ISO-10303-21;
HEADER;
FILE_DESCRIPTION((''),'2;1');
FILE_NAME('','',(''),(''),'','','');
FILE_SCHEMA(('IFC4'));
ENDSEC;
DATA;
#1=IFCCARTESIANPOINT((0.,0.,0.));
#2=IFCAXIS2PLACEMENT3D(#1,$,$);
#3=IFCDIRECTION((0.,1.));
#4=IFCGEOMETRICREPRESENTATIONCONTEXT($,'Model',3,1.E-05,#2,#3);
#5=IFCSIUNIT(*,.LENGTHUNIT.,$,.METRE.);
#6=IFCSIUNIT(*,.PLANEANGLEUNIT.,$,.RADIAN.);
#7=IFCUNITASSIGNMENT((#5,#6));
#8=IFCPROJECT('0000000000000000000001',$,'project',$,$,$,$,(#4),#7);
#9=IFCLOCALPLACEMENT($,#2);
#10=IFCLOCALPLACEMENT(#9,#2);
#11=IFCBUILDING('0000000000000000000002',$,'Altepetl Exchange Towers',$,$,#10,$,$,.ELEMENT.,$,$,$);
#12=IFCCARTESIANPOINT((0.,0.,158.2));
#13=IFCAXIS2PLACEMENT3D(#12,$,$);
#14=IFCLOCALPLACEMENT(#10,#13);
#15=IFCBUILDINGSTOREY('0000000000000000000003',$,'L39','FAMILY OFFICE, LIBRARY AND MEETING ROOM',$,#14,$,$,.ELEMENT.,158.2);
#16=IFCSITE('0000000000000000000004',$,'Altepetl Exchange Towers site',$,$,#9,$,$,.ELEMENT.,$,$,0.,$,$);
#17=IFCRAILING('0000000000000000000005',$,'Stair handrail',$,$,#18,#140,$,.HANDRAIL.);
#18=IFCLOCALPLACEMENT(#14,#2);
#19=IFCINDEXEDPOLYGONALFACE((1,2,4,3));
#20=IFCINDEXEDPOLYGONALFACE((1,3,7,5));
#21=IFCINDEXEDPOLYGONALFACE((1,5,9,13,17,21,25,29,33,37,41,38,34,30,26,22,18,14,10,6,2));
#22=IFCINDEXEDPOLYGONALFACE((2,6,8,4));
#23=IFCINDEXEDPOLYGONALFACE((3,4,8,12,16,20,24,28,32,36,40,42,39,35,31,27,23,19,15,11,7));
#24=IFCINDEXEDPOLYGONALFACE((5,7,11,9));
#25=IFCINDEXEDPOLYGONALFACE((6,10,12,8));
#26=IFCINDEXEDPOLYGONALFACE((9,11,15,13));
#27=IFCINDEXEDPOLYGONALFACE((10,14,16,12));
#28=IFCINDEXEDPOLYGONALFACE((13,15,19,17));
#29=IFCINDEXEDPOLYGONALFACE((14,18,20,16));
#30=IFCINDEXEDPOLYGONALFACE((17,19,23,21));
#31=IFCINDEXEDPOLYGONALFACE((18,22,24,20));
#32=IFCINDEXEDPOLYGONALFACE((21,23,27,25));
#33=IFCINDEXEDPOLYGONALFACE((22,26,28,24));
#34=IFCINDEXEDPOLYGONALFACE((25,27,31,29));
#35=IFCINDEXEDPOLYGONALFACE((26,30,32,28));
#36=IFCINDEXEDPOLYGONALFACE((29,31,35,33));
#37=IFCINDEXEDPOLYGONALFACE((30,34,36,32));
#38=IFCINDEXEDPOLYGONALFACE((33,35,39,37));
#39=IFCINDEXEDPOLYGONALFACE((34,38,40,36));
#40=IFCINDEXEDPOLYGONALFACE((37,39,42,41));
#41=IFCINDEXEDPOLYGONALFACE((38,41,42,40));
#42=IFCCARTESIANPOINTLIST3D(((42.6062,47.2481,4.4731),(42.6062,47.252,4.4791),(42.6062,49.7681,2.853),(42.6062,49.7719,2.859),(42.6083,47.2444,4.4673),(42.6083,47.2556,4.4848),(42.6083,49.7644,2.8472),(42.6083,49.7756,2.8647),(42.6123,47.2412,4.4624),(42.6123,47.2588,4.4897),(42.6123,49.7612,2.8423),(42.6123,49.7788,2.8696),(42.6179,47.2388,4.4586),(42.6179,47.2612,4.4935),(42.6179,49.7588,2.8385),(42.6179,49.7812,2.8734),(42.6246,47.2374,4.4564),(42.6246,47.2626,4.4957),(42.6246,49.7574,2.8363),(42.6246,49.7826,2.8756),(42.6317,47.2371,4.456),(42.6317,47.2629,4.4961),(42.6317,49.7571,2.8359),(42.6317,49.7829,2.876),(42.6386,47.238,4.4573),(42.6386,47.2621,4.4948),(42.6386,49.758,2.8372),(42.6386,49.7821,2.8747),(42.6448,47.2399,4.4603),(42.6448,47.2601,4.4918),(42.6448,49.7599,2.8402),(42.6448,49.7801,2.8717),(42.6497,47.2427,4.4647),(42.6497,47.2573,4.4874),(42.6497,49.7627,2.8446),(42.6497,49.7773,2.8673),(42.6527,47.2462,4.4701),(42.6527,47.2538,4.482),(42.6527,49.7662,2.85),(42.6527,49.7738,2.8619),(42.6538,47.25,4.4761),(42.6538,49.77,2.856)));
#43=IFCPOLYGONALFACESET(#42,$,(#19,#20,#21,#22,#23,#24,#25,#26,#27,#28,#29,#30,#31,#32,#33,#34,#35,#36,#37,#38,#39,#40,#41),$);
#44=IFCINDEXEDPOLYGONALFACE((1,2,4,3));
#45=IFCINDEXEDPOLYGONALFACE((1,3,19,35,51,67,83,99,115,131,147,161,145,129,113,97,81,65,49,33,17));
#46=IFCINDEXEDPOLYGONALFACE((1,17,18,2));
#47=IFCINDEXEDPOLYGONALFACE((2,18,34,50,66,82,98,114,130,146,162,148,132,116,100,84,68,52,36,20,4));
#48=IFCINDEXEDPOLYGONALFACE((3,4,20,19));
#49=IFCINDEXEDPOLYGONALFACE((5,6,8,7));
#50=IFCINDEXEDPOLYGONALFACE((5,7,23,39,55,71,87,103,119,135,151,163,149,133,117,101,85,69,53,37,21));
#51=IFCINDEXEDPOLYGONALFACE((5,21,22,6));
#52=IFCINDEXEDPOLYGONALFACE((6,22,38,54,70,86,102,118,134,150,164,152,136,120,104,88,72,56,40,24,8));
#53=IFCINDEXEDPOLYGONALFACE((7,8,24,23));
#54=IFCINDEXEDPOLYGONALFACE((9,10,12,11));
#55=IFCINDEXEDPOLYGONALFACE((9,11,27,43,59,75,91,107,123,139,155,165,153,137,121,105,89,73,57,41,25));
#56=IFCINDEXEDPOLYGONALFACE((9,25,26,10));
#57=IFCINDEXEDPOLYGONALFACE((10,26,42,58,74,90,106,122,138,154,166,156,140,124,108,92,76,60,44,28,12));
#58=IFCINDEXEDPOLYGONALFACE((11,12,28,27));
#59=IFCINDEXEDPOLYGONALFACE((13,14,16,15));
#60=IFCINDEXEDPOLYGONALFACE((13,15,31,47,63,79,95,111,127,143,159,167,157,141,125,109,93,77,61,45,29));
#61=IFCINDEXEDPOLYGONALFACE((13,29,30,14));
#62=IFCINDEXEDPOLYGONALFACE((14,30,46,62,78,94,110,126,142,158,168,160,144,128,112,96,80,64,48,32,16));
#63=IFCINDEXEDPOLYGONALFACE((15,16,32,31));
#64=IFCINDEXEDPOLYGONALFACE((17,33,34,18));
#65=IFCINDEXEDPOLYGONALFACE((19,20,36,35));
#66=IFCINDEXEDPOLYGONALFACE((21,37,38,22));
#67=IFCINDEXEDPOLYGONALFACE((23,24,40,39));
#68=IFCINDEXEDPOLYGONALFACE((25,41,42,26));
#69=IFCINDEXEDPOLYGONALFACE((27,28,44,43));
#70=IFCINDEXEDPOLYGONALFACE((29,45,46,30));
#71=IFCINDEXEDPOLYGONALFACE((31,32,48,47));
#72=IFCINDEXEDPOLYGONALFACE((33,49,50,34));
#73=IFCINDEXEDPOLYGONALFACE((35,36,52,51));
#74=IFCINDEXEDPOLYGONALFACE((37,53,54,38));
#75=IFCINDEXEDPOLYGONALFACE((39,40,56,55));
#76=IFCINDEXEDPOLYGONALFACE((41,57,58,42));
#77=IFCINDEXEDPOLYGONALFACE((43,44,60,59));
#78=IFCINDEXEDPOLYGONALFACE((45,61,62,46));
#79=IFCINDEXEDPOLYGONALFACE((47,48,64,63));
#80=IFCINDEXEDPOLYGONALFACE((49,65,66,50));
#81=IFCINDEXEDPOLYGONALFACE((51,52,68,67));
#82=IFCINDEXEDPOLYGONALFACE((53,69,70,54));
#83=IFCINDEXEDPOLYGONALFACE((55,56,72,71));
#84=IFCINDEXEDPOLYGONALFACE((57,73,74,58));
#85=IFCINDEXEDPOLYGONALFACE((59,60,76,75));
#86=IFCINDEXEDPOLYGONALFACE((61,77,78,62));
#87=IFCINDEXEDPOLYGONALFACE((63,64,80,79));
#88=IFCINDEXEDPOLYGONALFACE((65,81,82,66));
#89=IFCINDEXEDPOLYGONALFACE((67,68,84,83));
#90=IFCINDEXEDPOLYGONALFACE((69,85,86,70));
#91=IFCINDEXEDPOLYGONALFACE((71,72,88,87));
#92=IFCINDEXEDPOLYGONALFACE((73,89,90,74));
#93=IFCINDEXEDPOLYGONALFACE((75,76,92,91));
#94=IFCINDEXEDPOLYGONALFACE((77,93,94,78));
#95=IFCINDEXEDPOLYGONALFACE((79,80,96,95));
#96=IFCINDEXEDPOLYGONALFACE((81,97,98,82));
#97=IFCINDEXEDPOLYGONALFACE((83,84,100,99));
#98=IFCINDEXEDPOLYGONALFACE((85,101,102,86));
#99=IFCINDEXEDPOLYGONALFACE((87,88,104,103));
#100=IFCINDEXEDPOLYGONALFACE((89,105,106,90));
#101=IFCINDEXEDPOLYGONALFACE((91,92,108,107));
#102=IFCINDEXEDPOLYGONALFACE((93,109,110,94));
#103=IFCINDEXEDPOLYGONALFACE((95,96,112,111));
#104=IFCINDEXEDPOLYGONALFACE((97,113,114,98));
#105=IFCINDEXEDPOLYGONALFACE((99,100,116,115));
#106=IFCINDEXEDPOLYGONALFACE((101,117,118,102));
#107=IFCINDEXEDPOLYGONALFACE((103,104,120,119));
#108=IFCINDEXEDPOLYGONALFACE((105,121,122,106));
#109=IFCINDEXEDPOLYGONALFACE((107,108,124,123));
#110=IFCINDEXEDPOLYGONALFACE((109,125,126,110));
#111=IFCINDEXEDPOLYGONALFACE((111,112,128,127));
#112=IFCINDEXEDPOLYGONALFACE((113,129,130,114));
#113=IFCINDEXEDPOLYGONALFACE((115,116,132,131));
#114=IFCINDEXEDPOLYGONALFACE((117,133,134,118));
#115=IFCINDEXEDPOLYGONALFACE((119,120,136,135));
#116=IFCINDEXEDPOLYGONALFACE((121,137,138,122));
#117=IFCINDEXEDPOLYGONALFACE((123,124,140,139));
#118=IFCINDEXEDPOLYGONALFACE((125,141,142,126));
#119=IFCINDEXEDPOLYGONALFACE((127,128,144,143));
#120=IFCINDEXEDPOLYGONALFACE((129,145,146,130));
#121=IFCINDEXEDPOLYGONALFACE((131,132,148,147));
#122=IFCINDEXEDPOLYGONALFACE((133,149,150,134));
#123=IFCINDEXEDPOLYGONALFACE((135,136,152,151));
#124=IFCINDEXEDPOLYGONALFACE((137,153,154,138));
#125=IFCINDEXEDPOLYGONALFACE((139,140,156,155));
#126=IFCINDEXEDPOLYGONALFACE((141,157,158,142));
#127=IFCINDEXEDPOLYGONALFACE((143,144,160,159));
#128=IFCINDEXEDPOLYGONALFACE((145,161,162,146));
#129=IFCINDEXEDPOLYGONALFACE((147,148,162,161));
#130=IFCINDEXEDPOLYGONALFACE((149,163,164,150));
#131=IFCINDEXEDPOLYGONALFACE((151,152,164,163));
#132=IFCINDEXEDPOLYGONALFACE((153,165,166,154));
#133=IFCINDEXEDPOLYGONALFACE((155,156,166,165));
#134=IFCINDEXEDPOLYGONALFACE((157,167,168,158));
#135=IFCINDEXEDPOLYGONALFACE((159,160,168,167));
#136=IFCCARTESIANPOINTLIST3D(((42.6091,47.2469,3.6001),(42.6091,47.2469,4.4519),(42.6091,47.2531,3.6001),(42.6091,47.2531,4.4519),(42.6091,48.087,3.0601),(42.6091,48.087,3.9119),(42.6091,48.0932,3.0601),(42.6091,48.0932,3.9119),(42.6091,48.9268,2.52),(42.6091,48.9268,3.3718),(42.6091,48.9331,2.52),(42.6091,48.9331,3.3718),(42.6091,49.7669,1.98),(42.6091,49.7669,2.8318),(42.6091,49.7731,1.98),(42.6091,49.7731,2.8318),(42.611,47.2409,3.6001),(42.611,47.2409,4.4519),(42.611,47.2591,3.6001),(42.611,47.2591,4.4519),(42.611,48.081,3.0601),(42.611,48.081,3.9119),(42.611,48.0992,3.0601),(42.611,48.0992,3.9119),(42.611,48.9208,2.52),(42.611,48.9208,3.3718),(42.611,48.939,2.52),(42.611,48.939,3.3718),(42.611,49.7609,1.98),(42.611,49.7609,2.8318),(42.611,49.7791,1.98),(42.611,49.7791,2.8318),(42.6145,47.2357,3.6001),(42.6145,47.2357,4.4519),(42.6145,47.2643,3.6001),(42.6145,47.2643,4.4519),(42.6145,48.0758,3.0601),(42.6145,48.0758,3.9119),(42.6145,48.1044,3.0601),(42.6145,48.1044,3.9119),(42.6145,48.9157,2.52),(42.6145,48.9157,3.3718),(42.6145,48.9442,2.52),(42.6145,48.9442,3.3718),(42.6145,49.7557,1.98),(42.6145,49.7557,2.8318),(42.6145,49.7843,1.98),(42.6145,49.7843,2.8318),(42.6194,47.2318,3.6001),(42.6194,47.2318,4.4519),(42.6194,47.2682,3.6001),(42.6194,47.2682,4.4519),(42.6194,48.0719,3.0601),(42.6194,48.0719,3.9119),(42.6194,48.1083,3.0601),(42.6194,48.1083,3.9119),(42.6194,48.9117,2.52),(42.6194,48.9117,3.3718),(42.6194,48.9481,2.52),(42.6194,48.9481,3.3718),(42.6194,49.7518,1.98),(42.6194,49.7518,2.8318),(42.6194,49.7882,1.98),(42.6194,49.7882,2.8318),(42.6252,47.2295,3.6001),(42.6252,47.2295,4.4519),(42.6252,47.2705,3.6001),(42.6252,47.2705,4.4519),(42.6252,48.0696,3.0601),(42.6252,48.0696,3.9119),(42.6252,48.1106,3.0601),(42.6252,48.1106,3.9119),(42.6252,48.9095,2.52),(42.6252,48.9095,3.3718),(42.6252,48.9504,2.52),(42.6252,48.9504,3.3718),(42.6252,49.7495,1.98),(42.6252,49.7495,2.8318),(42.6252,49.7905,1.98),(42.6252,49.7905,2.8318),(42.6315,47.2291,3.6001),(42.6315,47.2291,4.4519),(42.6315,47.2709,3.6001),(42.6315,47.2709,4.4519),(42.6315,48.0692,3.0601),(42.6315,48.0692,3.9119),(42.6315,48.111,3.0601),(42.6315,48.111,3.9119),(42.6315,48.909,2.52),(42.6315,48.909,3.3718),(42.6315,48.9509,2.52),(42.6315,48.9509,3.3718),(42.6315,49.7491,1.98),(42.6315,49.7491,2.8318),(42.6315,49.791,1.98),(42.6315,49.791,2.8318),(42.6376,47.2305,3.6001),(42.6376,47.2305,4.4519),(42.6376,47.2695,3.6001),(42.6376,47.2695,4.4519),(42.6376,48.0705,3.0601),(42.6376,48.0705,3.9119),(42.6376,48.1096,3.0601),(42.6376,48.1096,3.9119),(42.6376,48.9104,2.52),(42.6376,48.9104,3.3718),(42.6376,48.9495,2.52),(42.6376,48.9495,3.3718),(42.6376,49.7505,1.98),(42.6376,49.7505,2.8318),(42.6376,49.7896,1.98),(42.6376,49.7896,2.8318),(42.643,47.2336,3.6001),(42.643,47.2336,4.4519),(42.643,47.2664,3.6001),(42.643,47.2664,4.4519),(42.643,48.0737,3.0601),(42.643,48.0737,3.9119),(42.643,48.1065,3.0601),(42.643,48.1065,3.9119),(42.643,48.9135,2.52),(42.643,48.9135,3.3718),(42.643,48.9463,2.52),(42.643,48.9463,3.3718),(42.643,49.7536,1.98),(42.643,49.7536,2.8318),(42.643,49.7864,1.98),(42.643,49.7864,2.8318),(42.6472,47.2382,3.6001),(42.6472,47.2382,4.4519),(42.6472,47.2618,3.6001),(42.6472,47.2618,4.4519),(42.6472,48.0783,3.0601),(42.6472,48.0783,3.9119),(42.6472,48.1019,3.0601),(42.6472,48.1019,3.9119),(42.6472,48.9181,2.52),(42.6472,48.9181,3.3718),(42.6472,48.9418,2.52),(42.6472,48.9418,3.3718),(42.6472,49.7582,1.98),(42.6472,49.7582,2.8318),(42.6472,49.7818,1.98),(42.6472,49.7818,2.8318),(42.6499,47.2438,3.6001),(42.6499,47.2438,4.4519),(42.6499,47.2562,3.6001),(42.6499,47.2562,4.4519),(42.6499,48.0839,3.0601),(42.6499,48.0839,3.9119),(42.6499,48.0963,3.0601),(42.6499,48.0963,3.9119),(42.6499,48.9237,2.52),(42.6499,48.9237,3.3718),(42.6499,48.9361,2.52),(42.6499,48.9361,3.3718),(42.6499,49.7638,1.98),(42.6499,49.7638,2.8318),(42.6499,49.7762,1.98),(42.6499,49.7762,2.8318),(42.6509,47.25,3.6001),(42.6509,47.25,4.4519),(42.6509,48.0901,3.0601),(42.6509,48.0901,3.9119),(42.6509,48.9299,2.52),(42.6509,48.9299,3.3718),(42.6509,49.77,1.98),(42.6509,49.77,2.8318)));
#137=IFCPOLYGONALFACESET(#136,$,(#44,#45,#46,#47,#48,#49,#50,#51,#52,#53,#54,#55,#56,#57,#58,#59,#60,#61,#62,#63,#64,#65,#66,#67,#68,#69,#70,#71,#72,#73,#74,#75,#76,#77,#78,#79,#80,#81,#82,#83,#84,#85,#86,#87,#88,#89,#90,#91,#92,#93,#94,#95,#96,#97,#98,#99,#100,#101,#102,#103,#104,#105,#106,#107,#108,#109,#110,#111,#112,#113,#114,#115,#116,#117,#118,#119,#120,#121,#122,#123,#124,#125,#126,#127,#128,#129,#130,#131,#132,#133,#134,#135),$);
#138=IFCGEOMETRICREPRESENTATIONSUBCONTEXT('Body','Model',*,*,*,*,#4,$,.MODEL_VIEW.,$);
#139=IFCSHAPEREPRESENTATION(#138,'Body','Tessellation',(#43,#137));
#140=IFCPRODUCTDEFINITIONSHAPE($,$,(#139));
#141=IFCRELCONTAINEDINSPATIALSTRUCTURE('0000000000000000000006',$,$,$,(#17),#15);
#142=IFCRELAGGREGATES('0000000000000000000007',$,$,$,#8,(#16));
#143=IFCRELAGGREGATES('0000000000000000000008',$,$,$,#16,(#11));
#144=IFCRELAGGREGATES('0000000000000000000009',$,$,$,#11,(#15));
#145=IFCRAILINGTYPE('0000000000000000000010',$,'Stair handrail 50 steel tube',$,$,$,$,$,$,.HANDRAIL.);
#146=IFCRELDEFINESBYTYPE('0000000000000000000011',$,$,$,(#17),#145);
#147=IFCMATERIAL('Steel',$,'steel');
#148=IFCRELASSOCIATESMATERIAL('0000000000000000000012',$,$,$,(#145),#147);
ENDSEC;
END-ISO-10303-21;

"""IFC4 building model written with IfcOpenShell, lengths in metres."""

from ifc_helpers import new_model, si_unit, direction, frame, origin, origin_2d, place, context, subcontext, project, spatial, circle, extrude, source, transform, mapped, material, type_object, element, save


model = new_model("IFC4")

# Units and contexts
model_context = context("Model", 3, precision=1e-05, world=origin(), true_north=direction((0.0, 1.0)))
body_context = subcontext(model_context, "Body", "Model", "MODEL_VIEW")
ifc_project = project(units=[si_unit("LENGTHUNIT", "METRE"), si_unit("PLANEANGLEUNIT", "RADIAN")], contexts=[model_context])

# Site, building, storey
site_placement = place(None, origin())
site = spatial("IfcSite", under=ifc_project, at=site_placement, Name="Altepetl Exchange Towers site", CompositionType="ELEMENT", RefElevation=0.0)
building_placement = place(site_placement, origin())
building = spatial("IfcBuilding", under=site, at=building_placement, Name="Altepetl Exchange Towers", CompositionType="ELEMENT")
storey_placement = place(building_placement, frame((0.0, 0.0, 158.2)))
storey = spatial("IfcBuildingStorey", under=building, at=storey_placement, Name="L39", Description="FAMILY OFFICE, LIBRARY AND MEETING ROOM", CompositionType="ELEMENT", Elevation=158.2)

# Railing
ifc_material_1 = material(Name="Steel", Category="steel")
railing_type = type_object("IfcRailingType", Name="Stair handrail 50 steel tube", PredefinedType="HANDRAIL", material=ifc_material_1)
shared_shape = source(origin(), body_context, "Body", "SweptSolid", [
    extrude(circle(Radius=0.021, at=origin_2d()), origin(), (0.0, 0.0, 1.0), 0.8518),
])
railing_1_placement = place(storey_placement, frame((42.6299, 49.77, 1.98)))
element("IfcRailing", 1, at=railing_1_placement, inside=storey, type_object=railing_type, Name="Stair handrail", PredefinedType="HANDRAIL", context=body_context, shape_type="SweptSolid", body=[
    extrude(circle(Radius=0.0239, at=origin_2d()), frame((0.0, 0.0, 0.876), z_axis=(0.0, -0.841163, 0.540782), x_axis=(1.0, 0.0, 0.0)), (0.0, 0.0, 1.0), 2.9958),
    mapped(shared_shape, transform((0.0, 0.0, 0.0))),
    mapped(shared_shape, transform((0.0, -0.8401, 0.54))),
    mapped(shared_shape, transform((0.0, -1.6799, 1.0801))),
    mapped(shared_shape, transform((0.0, -2.52, 1.6201))),
])

save(model, "model.ifc")
